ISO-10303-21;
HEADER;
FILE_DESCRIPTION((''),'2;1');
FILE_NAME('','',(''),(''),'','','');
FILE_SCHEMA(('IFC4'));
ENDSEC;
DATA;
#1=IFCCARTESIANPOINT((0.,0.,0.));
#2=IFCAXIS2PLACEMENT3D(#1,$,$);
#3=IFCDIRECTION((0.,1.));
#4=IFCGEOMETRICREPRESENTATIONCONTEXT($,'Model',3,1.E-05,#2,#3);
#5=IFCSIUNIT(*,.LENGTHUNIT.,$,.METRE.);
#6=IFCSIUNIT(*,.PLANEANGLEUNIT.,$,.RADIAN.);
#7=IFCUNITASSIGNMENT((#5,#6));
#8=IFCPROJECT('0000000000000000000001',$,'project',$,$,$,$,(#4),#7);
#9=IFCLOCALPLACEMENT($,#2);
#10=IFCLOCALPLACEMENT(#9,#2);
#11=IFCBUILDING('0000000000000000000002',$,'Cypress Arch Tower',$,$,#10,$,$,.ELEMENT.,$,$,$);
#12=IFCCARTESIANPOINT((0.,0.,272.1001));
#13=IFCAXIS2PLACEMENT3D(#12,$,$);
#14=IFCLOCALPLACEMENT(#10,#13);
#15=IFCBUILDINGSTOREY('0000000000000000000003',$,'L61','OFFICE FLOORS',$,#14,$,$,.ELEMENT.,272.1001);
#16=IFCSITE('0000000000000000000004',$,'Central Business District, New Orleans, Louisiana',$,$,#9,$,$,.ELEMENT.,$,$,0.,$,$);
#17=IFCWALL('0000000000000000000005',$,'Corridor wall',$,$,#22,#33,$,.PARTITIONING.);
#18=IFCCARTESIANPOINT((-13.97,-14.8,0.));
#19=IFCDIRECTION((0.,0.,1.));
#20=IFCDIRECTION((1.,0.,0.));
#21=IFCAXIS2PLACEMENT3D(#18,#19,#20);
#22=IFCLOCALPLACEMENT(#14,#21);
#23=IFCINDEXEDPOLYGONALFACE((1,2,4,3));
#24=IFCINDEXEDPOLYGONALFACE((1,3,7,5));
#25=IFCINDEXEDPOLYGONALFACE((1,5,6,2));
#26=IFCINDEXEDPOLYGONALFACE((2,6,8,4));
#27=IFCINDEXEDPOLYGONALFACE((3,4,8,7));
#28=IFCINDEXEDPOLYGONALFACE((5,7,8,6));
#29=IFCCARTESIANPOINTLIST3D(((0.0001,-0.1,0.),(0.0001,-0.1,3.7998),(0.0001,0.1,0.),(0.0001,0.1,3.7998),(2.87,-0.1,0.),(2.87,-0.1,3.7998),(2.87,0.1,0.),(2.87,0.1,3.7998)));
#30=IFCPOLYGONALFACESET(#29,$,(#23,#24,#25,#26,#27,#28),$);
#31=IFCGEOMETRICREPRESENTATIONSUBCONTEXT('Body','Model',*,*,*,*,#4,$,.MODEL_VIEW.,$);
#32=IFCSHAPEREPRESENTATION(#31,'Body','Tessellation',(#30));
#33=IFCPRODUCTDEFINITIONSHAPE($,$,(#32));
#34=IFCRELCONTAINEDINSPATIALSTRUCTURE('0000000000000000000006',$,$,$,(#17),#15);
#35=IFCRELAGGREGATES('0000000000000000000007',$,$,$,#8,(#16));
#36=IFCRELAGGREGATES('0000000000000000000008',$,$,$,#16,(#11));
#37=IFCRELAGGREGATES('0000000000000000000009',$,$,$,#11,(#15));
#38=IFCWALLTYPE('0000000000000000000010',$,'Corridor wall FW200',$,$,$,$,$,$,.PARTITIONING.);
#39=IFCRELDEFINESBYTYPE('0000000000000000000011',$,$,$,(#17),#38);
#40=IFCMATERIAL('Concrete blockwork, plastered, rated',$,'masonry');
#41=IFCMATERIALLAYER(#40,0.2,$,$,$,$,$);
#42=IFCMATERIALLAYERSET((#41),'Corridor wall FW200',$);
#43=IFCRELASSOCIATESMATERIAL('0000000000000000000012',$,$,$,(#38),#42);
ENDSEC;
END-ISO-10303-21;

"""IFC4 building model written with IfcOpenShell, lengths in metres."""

from ifc_helpers import new_model, si_unit, direction, frame, frame_2d, origin, place, context, subcontext, project, spatial, rectangle, extrude, material, layer, layer_set, type_object, element, save


model = new_model("IFC4")

# Units and contexts
model_context = context("Model", 3, precision=1e-05, world=origin(), true_north=direction((0.0, 1.0)))
body_context = subcontext(model_context, "Body", "Model", "MODEL_VIEW")
ifc_project = project(units=[si_unit("LENGTHUNIT", "METRE"), si_unit("PLANEANGLEUNIT", "RADIAN")], contexts=[model_context])

# Site, building, storey
site_placement = place(None, origin())
site = spatial("IfcSite", under=ifc_project, at=site_placement, Name="Central Business District, New Orleans, Louisiana", CompositionType="ELEMENT", RefElevation=0.0)
building_placement = place(site_placement, origin())
building = spatial("IfcBuilding", under=site, at=building_placement, Name="Cypress Arch Tower", CompositionType="ELEMENT")
storey_placement = place(building_placement, frame((0.0, 0.0, 272.1001)))
storey = spatial("IfcBuildingStorey", under=building, at=storey_placement, Name="L61", Description="OFFICE FLOORS", CompositionType="ELEMENT", Elevation=272.1001)

# Wall
ifc_material_1 = material(Name="Concrete blockwork, plastered, rated", Category="masonry")
ifc_layer_1 = layer(ifc_material_1, 0.2)
ifc_layer_set_1 = layer_set([ifc_layer_1], Name="Corridor wall FW200")
wall_type_1 = type_object("IfcWallType", Name="Corridor wall FW200", PredefinedType="PARTITIONING", material=ifc_layer_set_1)
wall_1_placement = place(storey_placement, frame((-13.97, -14.8, 0.0), z_axis=(0.0, 0.0, 1.0), x_axis=(1.0, 0.0, 0.0)))
element("IfcWall", 1, at=wall_1_placement, inside=storey, type_object=wall_type_1, Name="Corridor wall", PredefinedType="PARTITIONING", context=body_context, shape_type="SweptSolid", body=[
    extrude(rectangle(XDim=2.8699, YDim=0.2, at=frame_2d((1.4351, 0.0))), origin(), (0.0, 0.0, 1.0), 3.7998),
])

save(model, "model.ifc")
